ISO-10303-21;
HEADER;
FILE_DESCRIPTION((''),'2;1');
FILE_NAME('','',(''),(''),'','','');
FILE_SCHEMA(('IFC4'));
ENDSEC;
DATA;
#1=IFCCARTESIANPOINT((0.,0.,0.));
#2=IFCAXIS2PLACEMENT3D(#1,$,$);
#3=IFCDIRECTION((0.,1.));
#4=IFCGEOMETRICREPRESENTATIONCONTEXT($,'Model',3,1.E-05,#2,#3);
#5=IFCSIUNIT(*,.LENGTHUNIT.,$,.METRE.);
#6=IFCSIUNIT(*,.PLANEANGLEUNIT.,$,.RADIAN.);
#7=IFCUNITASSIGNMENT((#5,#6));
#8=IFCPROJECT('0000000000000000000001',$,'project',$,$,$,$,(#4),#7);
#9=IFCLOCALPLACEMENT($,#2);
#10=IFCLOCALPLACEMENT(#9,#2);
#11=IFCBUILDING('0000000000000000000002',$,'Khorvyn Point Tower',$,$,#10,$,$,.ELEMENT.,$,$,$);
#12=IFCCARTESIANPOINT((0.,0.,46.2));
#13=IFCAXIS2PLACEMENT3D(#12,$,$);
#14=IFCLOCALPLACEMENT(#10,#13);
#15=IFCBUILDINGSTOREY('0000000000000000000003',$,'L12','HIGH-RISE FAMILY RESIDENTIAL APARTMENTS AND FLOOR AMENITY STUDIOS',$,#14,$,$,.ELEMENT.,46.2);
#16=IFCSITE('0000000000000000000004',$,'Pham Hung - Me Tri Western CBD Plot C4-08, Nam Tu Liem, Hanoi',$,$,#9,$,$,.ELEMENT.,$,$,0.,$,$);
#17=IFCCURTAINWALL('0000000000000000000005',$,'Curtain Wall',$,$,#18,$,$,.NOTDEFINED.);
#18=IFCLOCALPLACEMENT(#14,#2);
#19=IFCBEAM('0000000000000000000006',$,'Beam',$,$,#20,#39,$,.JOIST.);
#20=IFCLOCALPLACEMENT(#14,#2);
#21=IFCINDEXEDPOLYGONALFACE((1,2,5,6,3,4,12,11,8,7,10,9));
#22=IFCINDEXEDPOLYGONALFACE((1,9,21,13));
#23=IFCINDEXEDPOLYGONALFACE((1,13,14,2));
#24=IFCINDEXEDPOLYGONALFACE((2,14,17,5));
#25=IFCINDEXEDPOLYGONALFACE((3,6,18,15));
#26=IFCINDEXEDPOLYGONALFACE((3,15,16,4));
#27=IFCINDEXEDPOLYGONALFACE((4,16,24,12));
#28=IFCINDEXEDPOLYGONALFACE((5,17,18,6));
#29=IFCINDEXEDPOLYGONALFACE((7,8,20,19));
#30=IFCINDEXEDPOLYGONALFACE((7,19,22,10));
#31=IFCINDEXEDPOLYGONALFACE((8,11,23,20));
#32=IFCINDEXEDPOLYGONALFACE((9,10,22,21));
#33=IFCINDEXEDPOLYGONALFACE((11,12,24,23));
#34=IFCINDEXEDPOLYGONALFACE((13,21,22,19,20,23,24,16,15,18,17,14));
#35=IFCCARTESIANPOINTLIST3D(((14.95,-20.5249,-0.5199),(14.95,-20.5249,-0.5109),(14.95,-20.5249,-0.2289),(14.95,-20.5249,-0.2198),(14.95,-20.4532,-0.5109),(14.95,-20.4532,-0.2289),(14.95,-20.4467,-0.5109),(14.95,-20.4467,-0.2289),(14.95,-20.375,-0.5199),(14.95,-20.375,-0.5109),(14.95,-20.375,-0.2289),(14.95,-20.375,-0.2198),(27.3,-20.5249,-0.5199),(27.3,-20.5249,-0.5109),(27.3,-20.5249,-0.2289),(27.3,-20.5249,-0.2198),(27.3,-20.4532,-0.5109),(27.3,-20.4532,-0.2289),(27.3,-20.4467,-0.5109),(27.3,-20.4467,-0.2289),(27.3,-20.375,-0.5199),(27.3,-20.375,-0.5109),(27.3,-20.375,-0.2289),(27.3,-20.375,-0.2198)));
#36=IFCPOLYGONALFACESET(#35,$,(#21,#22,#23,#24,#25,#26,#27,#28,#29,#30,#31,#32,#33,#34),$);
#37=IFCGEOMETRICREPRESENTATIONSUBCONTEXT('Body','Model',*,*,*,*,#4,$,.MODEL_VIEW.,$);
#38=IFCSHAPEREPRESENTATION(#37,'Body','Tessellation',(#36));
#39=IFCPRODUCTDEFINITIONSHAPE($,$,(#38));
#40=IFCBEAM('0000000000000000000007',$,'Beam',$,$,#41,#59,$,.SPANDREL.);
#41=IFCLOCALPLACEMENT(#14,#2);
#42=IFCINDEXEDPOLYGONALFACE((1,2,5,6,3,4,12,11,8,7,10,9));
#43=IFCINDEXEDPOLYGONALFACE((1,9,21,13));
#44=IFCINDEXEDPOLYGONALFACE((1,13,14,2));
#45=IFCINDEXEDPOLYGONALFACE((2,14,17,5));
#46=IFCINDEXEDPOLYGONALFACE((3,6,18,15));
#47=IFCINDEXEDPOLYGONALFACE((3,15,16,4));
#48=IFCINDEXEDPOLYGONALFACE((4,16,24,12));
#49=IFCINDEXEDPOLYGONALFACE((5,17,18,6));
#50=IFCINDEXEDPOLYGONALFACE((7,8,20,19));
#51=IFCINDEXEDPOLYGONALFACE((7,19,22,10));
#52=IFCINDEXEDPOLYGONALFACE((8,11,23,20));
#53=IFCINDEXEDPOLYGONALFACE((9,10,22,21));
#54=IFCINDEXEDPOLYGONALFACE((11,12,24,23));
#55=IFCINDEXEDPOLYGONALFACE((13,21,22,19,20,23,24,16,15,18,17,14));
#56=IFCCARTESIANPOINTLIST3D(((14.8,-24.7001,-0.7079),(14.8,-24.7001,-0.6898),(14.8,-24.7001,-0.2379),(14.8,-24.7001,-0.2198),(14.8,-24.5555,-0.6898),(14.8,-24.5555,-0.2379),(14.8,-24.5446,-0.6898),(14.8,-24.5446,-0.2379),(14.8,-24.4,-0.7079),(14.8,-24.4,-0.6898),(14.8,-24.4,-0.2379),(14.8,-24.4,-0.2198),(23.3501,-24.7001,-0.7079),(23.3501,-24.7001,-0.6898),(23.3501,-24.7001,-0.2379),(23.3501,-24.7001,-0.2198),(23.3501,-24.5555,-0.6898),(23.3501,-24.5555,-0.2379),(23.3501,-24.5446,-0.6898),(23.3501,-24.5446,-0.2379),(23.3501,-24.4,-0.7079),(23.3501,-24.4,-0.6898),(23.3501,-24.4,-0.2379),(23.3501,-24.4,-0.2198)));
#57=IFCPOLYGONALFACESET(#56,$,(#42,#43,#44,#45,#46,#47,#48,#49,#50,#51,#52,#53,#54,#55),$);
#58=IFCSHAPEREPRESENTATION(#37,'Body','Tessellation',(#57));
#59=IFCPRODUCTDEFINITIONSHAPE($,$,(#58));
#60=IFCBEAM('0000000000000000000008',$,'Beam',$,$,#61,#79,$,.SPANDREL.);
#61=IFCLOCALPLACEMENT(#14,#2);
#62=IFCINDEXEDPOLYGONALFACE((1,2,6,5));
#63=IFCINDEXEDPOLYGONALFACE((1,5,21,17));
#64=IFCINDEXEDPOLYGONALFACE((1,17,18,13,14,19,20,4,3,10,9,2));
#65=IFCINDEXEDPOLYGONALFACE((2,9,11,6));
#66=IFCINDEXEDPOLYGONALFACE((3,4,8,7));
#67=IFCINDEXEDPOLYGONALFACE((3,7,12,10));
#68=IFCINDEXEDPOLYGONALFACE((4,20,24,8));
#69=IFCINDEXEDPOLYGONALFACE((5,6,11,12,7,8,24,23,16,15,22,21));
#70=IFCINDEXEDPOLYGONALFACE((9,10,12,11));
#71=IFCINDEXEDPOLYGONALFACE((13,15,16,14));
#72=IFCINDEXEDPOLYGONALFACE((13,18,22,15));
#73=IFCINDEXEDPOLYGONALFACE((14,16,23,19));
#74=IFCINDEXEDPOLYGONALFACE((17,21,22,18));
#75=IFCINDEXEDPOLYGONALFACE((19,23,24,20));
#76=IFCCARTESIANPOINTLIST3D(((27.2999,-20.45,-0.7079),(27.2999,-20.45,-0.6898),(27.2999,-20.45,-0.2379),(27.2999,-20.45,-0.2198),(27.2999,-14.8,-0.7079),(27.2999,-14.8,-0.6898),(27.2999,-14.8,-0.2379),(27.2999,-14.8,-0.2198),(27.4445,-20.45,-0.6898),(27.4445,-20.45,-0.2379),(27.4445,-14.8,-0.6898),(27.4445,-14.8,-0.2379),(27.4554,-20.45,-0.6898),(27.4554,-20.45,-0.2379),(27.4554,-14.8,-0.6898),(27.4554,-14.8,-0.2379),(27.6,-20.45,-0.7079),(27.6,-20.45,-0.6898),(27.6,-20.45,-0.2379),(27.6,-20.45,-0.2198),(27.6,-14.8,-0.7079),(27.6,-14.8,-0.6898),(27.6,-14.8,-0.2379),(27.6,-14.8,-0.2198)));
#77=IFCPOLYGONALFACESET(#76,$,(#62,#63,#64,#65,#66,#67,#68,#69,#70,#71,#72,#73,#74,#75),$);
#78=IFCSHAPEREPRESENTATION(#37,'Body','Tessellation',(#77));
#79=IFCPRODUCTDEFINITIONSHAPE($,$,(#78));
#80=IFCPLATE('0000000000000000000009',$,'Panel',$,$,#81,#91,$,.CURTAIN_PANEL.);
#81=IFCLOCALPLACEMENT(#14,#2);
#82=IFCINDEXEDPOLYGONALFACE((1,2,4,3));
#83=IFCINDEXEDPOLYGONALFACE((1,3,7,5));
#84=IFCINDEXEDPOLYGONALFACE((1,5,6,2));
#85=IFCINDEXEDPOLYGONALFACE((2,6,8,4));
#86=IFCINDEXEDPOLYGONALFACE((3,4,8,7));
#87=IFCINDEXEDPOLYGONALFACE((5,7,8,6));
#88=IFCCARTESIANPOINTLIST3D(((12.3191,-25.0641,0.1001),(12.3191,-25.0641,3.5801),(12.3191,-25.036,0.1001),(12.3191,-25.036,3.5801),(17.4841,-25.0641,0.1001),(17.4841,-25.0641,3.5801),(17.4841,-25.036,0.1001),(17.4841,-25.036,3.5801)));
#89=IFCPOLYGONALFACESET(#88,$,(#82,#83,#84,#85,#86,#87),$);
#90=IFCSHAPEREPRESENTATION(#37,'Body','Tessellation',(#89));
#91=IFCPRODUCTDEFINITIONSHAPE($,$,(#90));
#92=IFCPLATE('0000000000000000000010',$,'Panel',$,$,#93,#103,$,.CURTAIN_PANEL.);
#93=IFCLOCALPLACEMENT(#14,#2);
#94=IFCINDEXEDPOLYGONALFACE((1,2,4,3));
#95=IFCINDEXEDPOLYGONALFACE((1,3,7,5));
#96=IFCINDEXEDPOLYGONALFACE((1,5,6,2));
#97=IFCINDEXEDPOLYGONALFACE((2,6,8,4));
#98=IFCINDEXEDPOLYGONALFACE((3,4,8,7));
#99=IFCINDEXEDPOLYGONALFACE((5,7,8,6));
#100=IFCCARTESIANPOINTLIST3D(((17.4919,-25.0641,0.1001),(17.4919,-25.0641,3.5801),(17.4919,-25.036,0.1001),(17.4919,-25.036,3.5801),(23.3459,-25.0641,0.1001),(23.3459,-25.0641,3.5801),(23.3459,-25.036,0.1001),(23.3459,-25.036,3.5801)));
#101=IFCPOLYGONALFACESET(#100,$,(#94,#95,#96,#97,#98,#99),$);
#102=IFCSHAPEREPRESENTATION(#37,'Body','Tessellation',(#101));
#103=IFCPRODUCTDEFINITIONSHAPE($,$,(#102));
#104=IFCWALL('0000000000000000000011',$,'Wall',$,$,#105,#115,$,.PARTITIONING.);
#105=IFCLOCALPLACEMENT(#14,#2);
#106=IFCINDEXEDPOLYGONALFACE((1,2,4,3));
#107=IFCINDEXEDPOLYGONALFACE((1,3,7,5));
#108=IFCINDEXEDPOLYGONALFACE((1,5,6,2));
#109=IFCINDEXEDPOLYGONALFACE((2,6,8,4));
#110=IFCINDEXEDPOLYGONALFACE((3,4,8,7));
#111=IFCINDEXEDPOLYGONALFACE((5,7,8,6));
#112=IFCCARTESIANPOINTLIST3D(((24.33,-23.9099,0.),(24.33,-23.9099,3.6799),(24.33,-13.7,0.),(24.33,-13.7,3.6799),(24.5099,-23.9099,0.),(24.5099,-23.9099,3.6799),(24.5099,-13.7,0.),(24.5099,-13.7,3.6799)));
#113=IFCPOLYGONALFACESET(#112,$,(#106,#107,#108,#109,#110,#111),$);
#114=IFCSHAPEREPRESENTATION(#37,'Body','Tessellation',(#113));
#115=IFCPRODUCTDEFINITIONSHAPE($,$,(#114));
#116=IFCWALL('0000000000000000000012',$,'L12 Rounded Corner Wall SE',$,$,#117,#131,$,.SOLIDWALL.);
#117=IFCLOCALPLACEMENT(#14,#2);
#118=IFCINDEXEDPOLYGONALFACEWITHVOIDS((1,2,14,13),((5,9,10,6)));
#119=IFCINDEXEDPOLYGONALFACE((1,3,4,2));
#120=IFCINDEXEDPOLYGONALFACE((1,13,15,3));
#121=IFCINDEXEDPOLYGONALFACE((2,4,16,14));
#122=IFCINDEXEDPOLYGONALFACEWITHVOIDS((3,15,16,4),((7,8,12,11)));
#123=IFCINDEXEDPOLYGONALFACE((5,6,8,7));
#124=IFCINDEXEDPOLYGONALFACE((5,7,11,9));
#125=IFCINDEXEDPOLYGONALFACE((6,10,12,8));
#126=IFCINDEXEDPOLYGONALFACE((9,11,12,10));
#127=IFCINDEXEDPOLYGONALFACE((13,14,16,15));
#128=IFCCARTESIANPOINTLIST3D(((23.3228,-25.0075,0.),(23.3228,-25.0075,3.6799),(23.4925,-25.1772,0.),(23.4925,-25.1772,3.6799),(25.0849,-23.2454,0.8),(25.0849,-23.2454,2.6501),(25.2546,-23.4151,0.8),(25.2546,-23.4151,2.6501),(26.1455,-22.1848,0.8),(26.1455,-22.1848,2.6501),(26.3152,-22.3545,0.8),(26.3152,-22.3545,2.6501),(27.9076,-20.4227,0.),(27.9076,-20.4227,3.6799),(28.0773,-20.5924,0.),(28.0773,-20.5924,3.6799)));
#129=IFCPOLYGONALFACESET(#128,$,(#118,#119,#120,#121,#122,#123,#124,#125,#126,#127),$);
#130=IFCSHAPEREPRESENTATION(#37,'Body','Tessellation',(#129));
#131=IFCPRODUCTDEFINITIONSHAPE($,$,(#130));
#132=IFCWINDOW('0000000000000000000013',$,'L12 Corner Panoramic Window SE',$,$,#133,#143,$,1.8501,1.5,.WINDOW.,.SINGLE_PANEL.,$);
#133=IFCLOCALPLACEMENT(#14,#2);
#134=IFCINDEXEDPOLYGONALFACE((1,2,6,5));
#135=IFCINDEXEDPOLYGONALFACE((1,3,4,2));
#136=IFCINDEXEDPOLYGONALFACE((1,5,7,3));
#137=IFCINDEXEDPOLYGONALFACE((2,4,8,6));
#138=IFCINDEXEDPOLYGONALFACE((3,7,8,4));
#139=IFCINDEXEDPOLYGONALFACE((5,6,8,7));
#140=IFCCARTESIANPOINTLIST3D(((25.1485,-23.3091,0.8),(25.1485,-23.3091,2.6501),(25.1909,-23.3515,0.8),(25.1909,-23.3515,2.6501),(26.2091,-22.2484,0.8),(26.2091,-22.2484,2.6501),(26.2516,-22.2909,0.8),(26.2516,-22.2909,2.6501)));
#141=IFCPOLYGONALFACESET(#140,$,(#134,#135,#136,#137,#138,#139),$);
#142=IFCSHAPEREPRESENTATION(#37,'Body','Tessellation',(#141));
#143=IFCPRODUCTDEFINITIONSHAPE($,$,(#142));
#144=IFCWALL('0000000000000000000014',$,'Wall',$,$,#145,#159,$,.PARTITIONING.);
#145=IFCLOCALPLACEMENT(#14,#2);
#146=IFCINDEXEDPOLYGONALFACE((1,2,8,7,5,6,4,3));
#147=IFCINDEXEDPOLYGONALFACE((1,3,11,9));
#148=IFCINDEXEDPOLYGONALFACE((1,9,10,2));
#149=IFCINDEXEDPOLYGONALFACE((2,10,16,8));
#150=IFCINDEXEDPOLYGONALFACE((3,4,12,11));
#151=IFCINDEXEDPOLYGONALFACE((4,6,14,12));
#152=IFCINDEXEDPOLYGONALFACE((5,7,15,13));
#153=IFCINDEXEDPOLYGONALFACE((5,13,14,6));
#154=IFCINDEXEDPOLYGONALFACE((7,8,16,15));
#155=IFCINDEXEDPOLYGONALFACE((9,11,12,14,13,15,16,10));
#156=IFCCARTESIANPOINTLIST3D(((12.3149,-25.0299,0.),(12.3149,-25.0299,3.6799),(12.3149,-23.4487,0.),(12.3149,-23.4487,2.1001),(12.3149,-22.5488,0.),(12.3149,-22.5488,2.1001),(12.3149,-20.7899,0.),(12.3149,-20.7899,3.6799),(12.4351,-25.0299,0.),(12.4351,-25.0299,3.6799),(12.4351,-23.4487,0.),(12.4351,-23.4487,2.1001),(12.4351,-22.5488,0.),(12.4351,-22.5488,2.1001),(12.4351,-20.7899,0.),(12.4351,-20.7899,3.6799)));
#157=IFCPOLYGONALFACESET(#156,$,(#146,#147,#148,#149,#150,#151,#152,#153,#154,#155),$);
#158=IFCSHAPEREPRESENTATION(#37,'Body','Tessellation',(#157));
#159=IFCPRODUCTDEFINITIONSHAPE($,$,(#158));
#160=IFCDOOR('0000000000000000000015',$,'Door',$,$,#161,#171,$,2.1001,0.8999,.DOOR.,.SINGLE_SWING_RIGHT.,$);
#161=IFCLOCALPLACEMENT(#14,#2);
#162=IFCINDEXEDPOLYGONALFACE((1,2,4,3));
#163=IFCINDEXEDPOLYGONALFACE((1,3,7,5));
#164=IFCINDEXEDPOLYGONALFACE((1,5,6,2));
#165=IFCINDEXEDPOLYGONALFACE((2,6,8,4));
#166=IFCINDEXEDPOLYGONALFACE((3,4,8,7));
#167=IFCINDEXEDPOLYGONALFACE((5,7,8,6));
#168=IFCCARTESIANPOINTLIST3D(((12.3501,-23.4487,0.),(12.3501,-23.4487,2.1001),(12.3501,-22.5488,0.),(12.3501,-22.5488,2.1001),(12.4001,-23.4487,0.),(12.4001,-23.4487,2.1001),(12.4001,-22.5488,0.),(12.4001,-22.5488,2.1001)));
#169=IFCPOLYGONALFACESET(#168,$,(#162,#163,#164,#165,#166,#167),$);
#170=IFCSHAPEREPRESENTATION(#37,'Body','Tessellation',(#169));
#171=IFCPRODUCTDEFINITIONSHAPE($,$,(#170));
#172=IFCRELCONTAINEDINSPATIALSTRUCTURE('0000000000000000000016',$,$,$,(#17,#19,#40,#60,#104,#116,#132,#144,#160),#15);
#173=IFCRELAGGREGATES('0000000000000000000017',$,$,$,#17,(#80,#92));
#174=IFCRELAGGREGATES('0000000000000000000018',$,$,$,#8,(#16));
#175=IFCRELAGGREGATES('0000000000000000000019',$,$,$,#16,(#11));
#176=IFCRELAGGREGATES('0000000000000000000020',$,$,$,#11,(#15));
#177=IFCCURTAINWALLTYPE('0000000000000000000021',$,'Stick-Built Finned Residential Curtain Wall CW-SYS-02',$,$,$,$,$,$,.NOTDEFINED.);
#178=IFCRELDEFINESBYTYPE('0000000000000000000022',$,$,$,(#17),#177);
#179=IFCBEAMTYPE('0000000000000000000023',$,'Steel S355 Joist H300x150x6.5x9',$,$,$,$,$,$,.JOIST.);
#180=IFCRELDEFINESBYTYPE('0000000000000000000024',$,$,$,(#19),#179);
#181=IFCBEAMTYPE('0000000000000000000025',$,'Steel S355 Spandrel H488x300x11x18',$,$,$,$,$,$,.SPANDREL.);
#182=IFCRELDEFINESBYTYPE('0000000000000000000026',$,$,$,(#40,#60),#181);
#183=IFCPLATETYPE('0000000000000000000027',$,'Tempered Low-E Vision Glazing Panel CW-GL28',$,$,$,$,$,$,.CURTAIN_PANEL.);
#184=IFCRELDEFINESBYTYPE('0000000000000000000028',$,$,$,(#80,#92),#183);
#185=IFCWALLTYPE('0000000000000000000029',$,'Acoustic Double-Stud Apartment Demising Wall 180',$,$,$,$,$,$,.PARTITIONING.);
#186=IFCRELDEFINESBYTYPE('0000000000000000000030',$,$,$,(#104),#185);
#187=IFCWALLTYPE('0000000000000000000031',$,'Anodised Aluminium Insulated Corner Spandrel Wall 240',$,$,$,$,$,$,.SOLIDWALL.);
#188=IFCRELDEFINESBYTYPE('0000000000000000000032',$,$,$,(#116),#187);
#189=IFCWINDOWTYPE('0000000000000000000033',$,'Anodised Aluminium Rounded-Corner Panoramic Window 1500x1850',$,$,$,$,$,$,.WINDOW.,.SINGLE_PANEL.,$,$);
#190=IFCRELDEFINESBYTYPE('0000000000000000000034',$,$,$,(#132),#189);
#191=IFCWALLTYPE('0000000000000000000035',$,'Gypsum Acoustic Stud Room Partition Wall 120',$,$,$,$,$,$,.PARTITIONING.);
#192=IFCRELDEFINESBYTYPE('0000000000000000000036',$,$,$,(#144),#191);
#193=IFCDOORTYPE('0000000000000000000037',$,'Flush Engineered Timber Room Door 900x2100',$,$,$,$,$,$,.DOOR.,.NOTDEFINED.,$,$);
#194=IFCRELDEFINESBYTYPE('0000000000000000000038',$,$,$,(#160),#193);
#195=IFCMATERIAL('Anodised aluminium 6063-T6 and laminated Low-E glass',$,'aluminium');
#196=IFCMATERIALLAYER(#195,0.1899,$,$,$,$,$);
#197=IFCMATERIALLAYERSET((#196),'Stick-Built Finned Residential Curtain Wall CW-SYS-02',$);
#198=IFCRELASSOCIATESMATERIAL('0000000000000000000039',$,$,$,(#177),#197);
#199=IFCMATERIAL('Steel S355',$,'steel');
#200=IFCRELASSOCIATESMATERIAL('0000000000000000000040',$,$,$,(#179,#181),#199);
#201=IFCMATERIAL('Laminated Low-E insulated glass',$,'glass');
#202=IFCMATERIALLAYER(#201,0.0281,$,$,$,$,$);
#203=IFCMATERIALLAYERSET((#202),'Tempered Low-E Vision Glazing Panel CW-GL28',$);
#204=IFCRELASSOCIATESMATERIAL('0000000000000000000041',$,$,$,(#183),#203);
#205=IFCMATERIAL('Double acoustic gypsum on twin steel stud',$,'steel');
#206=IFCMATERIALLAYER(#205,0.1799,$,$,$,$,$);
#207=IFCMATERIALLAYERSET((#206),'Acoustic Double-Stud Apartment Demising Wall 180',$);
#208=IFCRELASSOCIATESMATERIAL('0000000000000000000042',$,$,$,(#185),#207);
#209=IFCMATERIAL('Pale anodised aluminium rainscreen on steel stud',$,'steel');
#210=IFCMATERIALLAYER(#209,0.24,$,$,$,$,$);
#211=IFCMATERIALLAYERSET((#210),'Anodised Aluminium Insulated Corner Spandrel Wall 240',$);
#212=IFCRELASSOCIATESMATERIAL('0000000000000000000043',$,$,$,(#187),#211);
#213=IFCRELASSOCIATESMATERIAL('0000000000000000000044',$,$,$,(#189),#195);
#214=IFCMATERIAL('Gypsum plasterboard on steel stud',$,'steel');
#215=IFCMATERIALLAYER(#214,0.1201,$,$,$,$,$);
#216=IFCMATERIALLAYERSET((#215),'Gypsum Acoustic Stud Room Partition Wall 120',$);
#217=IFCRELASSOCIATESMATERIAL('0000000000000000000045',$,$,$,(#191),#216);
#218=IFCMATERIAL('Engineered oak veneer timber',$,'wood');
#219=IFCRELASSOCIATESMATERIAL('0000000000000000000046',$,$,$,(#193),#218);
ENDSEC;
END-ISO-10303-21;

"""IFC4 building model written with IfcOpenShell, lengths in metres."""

from ifc_helpers import new_model, si_unit, direction, frame, frame_2d, origin, origin_2d, place, context, subcontext, project, spatial, rectangle, i_section, extrude, material, layer, layer_set, material_profile, profile_set, type_object, element, fill, aggregate, save


model = new_model("IFC4")

# Units and contexts
model_context = context("Model", 3, precision=1e-05, world=origin(), true_north=direction((0.0, 1.0)))
body_context = subcontext(model_context, "Body", "Model", "MODEL_VIEW")
ifc_project = project(units=[si_unit("LENGTHUNIT", "METRE"), si_unit("PLANEANGLEUNIT", "RADIAN")], contexts=[model_context])

# Site, building, storey
site_placement = place(None, origin())
site = spatial("IfcSite", under=ifc_project, at=site_placement, Name="Pham Hung - Me Tri Western CBD Plot C4-08, Nam Tu Liem, Hanoi", CompositionType="ELEMENT", RefElevation=0.0)
building_placement = place(site_placement, origin())
building = spatial("IfcBuilding", under=site, at=building_placement, Name="Khorvyn Point Tower", CompositionType="ELEMENT")
storey_placement = place(building_placement, frame((0.0, 0.0, 46.2)))
storey = spatial("IfcBuildingStorey", under=building, at=storey_placement, Name="L12", Description="HIGH-RISE FAMILY RESIDENTIAL APARTMENTS AND FLOOR AMENITY STUDIOS", CompositionType="ELEMENT", Elevation=46.2)

# Curtain wall
ifc_material_1 = material(Name="Anodised aluminium 6063-T6 and laminated Low-E glass", Category="aluminium")
ifc_layer_1 = layer(ifc_material_1, 0.1899)
ifc_layer_set_1 = layer_set([ifc_layer_1], Name="Stick-Built Finned Residential Curtain Wall CW-SYS-02")
curtain_wall_type = type_object("IfcCurtainWallType", Name="Stick-Built Finned Residential Curtain Wall CW-SYS-02", PredefinedType="NOTDEFINED", material=ifc_layer_set_1)
curtain_wall_1_placement = place(storey_placement, origin())
curtain_wall_1 = element("IfcCurtainWall", 1, at=curtain_wall_1_placement, inside=storey, type_object=curtain_wall_type, Name="Curtain Wall", PredefinedType="NOTDEFINED")

# Beams
ifc_material_2 = material(Name="Steel S355", Category="steel")
ifc_material_profile_1 = material_profile(ifc_material_2, i_section(OverallWidth=0.1499, OverallDepth=0.3, WebThickness=0.0066, FlangeThickness=0.009, at=origin_2d()))
ifc_profile_set_1 = profile_set([ifc_material_profile_1], Name="Steel S355 H300x150x6.5x9")
beam_type_1 = type_object("IfcBeamType", Name="Steel S355 Joist H300x150x6.5x9", PredefinedType="JOIST", material=ifc_profile_set_1)
beam_1_placement = place(storey_placement, frame((14.95, -20.45, -0.3699), z_axis=(1.0, 0.0, 0.0), x_axis=(0.0, 1.0, 0.0)))
element("IfcBeam", 2, at=beam_1_placement, inside=storey, type_object=beam_type_1, Name="Beam", PredefinedType="JOIST", context=body_context, shape_type="SweptSolid", body=[
    extrude(i_section(OverallWidth=0.1499, OverallDepth=0.3, WebThickness=0.0066, FlangeThickness=0.009, at=origin_2d()), origin(), (0.0, 0.0, 1.0), 12.3501),
])
ifc_material_profile_2 = material_profile(ifc_material_2, i_section(OverallWidth=0.3, OverallDepth=0.488, WebThickness=0.011, FlangeThickness=0.0181, at=origin_2d()))
ifc_profile_set_2 = profile_set([ifc_material_profile_2], Name="Steel S355 H488x300x11x18")
beam_type_2 = type_object("IfcBeamType", Name="Steel S355 Spandrel H488x300x11x18", PredefinedType="SPANDREL", material=ifc_profile_set_2)
beam_2_placement = place(storey_placement, frame((14.8, -24.55, -0.4639), z_axis=(1.0, 0.0, 0.0), x_axis=(0.0, 1.0, 0.0)))
element("IfcBeam", 3, at=beam_2_placement, inside=storey, type_object=beam_type_2, Name="Beam", PredefinedType="SPANDREL", context=body_context, shape_type="SweptSolid", body=[
    extrude(i_section(OverallWidth=0.3, OverallDepth=0.488, WebThickness=0.011, FlangeThickness=0.0181, at=origin_2d()), origin(), (0.0, 0.0, 1.0), 8.55),
])
beam_3_placement = place(storey_placement, frame((27.45, -20.45, -0.4639), z_axis=(0.0, 1.0, 0.0), x_axis=(-1.0, 0.0, 0.0)))
element("IfcBeam", 4, at=beam_3_placement, inside=storey, type_object=beam_type_2, Name="Beam", PredefinedType="SPANDREL", context=body_context, shape_type="SweptSolid", body=[
    extrude(i_section(OverallWidth=0.3, OverallDepth=0.488, WebThickness=0.011, FlangeThickness=0.0181, at=origin_2d()), origin(), (0.0, 0.0, 1.0), 5.6499),
])

# Plates
ifc_material_3 = material(Name="Laminated Low-E insulated glass", Category="glass")
ifc_layer_2 = layer(ifc_material_3, 0.0281)
ifc_layer_set_2 = layer_set([ifc_layer_2], Name="Tempered Low-E Vision Glazing Panel CW-GL28")
plate_type = type_object("IfcPlateType", Name="Tempered Low-E Vision Glazing Panel CW-GL28", PredefinedType="CURTAIN_PANEL", material=ifc_layer_set_2)
plate_1_placement = place(storey_placement, frame((14.9016, -25.05, 0.1001), z_axis=(0.0, 0.0, 1.0), x_axis=(-1.0, 0.0, 0.0)))
plate_1 = element("IfcPlate", 5, at=plate_1_placement, type_object=plate_type, Name="Panel", PredefinedType="CURTAIN_PANEL", context=body_context, shape_type="SweptSolid", body=[
    extrude(rectangle(XDim=5.165, YDim=0.0281, at=origin_2d()), origin(), (0.0, 0.0, 1.0), 3.48),
])
plate_2_placement = place(storey_placement, frame((20.4189, -25.05, 0.1001), z_axis=(0.0, 0.0, 1.0), x_axis=(-1.0, 0.0, 0.0)))
plate_2 = element("IfcPlate", 6, at=plate_2_placement, type_object=plate_type, Name="Panel", PredefinedType="CURTAIN_PANEL", context=body_context, shape_type="SweptSolid", body=[
    extrude(rectangle(XDim=5.854, YDim=0.0281, at=origin_2d()), origin(), (0.0, 0.0, 1.0), 3.48),
])
aggregate(curtain_wall_1, [plate_1, plate_2])

# Wall
ifc_material_4 = material(Name="Double acoustic gypsum on twin steel stud", Category="steel")
ifc_layer_3 = layer(ifc_material_4, 0.1799)
ifc_layer_set_3 = layer_set([ifc_layer_3], Name="Acoustic Double-Stud Apartment Demising Wall 180")
wall_type_1 = type_object("IfcWallType", Name="Acoustic Double-Stud Apartment Demising Wall 180", PredefinedType="PARTITIONING", material=ifc_layer_set_3)
wall_1_placement = place(storey_placement, frame((24.4199, -23.9099, 0.0), z_axis=(0.0, 0.0, 1.0), x_axis=(0.0, 1.0, 0.0)))
element("IfcWall", 7, at=wall_1_placement, inside=storey, type_object=wall_type_1, Name="Wall", PredefinedType="PARTITIONING", context=body_context, shape_type="SweptSolid", body=[
    extrude(rectangle(XDim=10.21, YDim=0.1799, at=frame_2d((5.105, 0.0))), origin(), (0.0, 0.0, 1.0), 3.6799),
])

# Wall, opening, window
ifc_material_5 = material(Name="Pale anodised aluminium rainscreen on steel stud", Category="steel")
ifc_layer_4 = layer(ifc_material_5, 0.24)
ifc_layer_set_4 = layer_set([ifc_layer_4], Name="Anodised Aluminium Insulated Corner Spandrel Wall 240")
wall_type_2 = type_object("IfcWallType", Name="Anodised Aluminium Insulated Corner Spandrel Wall 240", PredefinedType="SOLIDWALL", material=ifc_layer_set_4)
wall_2_placement = place(storey_placement, frame((27.9924, -20.5076, 0.0), z_axis=(0.0, 0.0, 1.0), x_axis=(-0.707107, -0.707107, 0.0)))
wall_2 = element("IfcWall", 8, at=wall_2_placement, inside=storey, type_object=wall_type_2, Name="L12 Rounded Corner Wall SE", PredefinedType="SOLIDWALL", context=body_context, shape_type="SweptSolid", body=[
    extrude(rectangle(XDim=6.4839, YDim=0.24, at=frame_2d((3.2419, 0.0))), origin(), (0.0, 0.0, 1.0), 3.6799),
])
opening_1_placement = place(wall_2_placement, frame((2.4919, 0.0, 0.8)))
opening_1 = element("IfcOpeningElement", 9, at=opening_1_placement, cuts=wall_2, PredefinedType="OPENING", context=body_context, shape_type="SweptSolid", body=[
    extrude(rectangle(XDim=1.5, YDim=1.8501, at=frame_2d((0.75, 0.925))), frame((0.0, 0.1299, 0.0), z_axis=(0.0, -1.0, 0.0), x_axis=(1.0, 0.0, 0.0)), (0.0, 0.0, 1.0), 0.26),
])
window_type = type_object("IfcWindowType", Name="Anodised Aluminium Rounded-Corner Panoramic Window 1500x1850", PartitioningType="SINGLE_PANEL", PredefinedType="WINDOW", material=ifc_material_1)
window_placement = place(opening_1_placement, origin())
window = element("IfcWindow", 10, at=window_placement, inside=storey, type_object=window_type, Name="L12 Corner Panoramic Window SE", OverallHeight=1.8501, OverallWidth=1.5, PartitioningType="SINGLE_PANEL", PredefinedType="WINDOW", context=body_context, shape_type="SweptSolid", body=[
    extrude(rectangle(XDim=1.5, YDim=1.8501, at=frame_2d((0.75, 0.925))), frame((0.0, 0.03, 0.0), z_axis=(0.0, -1.0, 0.0), x_axis=(1.0, 0.0, 0.0)), (0.0, 0.0, 1.0), 0.0601),
])
fill(opening_1, window)

# Wall, opening, door
ifc_material_6 = material(Name="Gypsum plasterboard on steel stud", Category="steel")
ifc_layer_5 = layer(ifc_material_6, 0.1201)
ifc_layer_set_5 = layer_set([ifc_layer_5], Name="Gypsum Acoustic Stud Room Partition Wall 120")
wall_type_3 = type_object("IfcWallType", Name="Gypsum Acoustic Stud Room Partition Wall 120", PredefinedType="PARTITIONING", material=ifc_layer_set_5)
wall_3_placement = place(storey_placement, frame((12.375, -25.03, 0.0), z_axis=(0.0, 0.0, 1.0), x_axis=(0.0, 1.0, 0.0)))
wall_3 = element("IfcWall", 11, at=wall_3_placement, inside=storey, type_object=wall_type_3, Name="Wall", PredefinedType="PARTITIONING", context=body_context, shape_type="SweptSolid", body=[
    extrude(rectangle(XDim=4.24, YDim=0.1201, at=frame_2d((2.1201, 0.0))), origin(), (0.0, 0.0, 1.0), 3.6799),
])
opening_2_placement = place(wall_3_placement, frame((1.5813, 0.0, 0.0)))
opening_2 = element("IfcOpeningElement", 12, at=opening_2_placement, cuts=wall_3, PredefinedType="OPENING", context=body_context, shape_type="SweptSolid", body=[
    extrude(rectangle(XDim=0.8999, YDim=2.1001, at=frame_2d((0.45, 1.05))), frame((0.0, 0.0701, 0.0), z_axis=(0.0, -1.0, 0.0), x_axis=(1.0, 0.0, 0.0)), (0.0, 0.0, 1.0), 0.1401),
])
ifc_material_7 = material(Name="Engineered oak veneer timber", Category="wood")
door_type_1 = type_object("IfcDoorType", Name="Flush Engineered Timber Room Door 900x2100", OperationType="NOTDEFINED", PredefinedType="DOOR", material=ifc_material_7)
door_1_placement = place(opening_2_placement, origin())
door_1 = element("IfcDoor", 13, at=door_1_placement, inside=storey, type_object=door_type_1, Name="Door", OperationType="SINGLE_SWING_RIGHT", OverallHeight=2.1001, OverallWidth=0.8999, PredefinedType="DOOR", context=body_context, shape_type="SweptSolid", body=[
    extrude(rectangle(XDim=0.8999, YDim=2.1001, at=frame_2d((0.45, 1.05))), frame((0.0, 0.0249, 0.0), z_axis=(0.0, -1.0, 0.0), x_axis=(1.0, 0.0, 0.0)), (0.0, 0.0, 1.0), 0.05),
])
fill(opening_2, door_1)

save(model, "model.ifc")
